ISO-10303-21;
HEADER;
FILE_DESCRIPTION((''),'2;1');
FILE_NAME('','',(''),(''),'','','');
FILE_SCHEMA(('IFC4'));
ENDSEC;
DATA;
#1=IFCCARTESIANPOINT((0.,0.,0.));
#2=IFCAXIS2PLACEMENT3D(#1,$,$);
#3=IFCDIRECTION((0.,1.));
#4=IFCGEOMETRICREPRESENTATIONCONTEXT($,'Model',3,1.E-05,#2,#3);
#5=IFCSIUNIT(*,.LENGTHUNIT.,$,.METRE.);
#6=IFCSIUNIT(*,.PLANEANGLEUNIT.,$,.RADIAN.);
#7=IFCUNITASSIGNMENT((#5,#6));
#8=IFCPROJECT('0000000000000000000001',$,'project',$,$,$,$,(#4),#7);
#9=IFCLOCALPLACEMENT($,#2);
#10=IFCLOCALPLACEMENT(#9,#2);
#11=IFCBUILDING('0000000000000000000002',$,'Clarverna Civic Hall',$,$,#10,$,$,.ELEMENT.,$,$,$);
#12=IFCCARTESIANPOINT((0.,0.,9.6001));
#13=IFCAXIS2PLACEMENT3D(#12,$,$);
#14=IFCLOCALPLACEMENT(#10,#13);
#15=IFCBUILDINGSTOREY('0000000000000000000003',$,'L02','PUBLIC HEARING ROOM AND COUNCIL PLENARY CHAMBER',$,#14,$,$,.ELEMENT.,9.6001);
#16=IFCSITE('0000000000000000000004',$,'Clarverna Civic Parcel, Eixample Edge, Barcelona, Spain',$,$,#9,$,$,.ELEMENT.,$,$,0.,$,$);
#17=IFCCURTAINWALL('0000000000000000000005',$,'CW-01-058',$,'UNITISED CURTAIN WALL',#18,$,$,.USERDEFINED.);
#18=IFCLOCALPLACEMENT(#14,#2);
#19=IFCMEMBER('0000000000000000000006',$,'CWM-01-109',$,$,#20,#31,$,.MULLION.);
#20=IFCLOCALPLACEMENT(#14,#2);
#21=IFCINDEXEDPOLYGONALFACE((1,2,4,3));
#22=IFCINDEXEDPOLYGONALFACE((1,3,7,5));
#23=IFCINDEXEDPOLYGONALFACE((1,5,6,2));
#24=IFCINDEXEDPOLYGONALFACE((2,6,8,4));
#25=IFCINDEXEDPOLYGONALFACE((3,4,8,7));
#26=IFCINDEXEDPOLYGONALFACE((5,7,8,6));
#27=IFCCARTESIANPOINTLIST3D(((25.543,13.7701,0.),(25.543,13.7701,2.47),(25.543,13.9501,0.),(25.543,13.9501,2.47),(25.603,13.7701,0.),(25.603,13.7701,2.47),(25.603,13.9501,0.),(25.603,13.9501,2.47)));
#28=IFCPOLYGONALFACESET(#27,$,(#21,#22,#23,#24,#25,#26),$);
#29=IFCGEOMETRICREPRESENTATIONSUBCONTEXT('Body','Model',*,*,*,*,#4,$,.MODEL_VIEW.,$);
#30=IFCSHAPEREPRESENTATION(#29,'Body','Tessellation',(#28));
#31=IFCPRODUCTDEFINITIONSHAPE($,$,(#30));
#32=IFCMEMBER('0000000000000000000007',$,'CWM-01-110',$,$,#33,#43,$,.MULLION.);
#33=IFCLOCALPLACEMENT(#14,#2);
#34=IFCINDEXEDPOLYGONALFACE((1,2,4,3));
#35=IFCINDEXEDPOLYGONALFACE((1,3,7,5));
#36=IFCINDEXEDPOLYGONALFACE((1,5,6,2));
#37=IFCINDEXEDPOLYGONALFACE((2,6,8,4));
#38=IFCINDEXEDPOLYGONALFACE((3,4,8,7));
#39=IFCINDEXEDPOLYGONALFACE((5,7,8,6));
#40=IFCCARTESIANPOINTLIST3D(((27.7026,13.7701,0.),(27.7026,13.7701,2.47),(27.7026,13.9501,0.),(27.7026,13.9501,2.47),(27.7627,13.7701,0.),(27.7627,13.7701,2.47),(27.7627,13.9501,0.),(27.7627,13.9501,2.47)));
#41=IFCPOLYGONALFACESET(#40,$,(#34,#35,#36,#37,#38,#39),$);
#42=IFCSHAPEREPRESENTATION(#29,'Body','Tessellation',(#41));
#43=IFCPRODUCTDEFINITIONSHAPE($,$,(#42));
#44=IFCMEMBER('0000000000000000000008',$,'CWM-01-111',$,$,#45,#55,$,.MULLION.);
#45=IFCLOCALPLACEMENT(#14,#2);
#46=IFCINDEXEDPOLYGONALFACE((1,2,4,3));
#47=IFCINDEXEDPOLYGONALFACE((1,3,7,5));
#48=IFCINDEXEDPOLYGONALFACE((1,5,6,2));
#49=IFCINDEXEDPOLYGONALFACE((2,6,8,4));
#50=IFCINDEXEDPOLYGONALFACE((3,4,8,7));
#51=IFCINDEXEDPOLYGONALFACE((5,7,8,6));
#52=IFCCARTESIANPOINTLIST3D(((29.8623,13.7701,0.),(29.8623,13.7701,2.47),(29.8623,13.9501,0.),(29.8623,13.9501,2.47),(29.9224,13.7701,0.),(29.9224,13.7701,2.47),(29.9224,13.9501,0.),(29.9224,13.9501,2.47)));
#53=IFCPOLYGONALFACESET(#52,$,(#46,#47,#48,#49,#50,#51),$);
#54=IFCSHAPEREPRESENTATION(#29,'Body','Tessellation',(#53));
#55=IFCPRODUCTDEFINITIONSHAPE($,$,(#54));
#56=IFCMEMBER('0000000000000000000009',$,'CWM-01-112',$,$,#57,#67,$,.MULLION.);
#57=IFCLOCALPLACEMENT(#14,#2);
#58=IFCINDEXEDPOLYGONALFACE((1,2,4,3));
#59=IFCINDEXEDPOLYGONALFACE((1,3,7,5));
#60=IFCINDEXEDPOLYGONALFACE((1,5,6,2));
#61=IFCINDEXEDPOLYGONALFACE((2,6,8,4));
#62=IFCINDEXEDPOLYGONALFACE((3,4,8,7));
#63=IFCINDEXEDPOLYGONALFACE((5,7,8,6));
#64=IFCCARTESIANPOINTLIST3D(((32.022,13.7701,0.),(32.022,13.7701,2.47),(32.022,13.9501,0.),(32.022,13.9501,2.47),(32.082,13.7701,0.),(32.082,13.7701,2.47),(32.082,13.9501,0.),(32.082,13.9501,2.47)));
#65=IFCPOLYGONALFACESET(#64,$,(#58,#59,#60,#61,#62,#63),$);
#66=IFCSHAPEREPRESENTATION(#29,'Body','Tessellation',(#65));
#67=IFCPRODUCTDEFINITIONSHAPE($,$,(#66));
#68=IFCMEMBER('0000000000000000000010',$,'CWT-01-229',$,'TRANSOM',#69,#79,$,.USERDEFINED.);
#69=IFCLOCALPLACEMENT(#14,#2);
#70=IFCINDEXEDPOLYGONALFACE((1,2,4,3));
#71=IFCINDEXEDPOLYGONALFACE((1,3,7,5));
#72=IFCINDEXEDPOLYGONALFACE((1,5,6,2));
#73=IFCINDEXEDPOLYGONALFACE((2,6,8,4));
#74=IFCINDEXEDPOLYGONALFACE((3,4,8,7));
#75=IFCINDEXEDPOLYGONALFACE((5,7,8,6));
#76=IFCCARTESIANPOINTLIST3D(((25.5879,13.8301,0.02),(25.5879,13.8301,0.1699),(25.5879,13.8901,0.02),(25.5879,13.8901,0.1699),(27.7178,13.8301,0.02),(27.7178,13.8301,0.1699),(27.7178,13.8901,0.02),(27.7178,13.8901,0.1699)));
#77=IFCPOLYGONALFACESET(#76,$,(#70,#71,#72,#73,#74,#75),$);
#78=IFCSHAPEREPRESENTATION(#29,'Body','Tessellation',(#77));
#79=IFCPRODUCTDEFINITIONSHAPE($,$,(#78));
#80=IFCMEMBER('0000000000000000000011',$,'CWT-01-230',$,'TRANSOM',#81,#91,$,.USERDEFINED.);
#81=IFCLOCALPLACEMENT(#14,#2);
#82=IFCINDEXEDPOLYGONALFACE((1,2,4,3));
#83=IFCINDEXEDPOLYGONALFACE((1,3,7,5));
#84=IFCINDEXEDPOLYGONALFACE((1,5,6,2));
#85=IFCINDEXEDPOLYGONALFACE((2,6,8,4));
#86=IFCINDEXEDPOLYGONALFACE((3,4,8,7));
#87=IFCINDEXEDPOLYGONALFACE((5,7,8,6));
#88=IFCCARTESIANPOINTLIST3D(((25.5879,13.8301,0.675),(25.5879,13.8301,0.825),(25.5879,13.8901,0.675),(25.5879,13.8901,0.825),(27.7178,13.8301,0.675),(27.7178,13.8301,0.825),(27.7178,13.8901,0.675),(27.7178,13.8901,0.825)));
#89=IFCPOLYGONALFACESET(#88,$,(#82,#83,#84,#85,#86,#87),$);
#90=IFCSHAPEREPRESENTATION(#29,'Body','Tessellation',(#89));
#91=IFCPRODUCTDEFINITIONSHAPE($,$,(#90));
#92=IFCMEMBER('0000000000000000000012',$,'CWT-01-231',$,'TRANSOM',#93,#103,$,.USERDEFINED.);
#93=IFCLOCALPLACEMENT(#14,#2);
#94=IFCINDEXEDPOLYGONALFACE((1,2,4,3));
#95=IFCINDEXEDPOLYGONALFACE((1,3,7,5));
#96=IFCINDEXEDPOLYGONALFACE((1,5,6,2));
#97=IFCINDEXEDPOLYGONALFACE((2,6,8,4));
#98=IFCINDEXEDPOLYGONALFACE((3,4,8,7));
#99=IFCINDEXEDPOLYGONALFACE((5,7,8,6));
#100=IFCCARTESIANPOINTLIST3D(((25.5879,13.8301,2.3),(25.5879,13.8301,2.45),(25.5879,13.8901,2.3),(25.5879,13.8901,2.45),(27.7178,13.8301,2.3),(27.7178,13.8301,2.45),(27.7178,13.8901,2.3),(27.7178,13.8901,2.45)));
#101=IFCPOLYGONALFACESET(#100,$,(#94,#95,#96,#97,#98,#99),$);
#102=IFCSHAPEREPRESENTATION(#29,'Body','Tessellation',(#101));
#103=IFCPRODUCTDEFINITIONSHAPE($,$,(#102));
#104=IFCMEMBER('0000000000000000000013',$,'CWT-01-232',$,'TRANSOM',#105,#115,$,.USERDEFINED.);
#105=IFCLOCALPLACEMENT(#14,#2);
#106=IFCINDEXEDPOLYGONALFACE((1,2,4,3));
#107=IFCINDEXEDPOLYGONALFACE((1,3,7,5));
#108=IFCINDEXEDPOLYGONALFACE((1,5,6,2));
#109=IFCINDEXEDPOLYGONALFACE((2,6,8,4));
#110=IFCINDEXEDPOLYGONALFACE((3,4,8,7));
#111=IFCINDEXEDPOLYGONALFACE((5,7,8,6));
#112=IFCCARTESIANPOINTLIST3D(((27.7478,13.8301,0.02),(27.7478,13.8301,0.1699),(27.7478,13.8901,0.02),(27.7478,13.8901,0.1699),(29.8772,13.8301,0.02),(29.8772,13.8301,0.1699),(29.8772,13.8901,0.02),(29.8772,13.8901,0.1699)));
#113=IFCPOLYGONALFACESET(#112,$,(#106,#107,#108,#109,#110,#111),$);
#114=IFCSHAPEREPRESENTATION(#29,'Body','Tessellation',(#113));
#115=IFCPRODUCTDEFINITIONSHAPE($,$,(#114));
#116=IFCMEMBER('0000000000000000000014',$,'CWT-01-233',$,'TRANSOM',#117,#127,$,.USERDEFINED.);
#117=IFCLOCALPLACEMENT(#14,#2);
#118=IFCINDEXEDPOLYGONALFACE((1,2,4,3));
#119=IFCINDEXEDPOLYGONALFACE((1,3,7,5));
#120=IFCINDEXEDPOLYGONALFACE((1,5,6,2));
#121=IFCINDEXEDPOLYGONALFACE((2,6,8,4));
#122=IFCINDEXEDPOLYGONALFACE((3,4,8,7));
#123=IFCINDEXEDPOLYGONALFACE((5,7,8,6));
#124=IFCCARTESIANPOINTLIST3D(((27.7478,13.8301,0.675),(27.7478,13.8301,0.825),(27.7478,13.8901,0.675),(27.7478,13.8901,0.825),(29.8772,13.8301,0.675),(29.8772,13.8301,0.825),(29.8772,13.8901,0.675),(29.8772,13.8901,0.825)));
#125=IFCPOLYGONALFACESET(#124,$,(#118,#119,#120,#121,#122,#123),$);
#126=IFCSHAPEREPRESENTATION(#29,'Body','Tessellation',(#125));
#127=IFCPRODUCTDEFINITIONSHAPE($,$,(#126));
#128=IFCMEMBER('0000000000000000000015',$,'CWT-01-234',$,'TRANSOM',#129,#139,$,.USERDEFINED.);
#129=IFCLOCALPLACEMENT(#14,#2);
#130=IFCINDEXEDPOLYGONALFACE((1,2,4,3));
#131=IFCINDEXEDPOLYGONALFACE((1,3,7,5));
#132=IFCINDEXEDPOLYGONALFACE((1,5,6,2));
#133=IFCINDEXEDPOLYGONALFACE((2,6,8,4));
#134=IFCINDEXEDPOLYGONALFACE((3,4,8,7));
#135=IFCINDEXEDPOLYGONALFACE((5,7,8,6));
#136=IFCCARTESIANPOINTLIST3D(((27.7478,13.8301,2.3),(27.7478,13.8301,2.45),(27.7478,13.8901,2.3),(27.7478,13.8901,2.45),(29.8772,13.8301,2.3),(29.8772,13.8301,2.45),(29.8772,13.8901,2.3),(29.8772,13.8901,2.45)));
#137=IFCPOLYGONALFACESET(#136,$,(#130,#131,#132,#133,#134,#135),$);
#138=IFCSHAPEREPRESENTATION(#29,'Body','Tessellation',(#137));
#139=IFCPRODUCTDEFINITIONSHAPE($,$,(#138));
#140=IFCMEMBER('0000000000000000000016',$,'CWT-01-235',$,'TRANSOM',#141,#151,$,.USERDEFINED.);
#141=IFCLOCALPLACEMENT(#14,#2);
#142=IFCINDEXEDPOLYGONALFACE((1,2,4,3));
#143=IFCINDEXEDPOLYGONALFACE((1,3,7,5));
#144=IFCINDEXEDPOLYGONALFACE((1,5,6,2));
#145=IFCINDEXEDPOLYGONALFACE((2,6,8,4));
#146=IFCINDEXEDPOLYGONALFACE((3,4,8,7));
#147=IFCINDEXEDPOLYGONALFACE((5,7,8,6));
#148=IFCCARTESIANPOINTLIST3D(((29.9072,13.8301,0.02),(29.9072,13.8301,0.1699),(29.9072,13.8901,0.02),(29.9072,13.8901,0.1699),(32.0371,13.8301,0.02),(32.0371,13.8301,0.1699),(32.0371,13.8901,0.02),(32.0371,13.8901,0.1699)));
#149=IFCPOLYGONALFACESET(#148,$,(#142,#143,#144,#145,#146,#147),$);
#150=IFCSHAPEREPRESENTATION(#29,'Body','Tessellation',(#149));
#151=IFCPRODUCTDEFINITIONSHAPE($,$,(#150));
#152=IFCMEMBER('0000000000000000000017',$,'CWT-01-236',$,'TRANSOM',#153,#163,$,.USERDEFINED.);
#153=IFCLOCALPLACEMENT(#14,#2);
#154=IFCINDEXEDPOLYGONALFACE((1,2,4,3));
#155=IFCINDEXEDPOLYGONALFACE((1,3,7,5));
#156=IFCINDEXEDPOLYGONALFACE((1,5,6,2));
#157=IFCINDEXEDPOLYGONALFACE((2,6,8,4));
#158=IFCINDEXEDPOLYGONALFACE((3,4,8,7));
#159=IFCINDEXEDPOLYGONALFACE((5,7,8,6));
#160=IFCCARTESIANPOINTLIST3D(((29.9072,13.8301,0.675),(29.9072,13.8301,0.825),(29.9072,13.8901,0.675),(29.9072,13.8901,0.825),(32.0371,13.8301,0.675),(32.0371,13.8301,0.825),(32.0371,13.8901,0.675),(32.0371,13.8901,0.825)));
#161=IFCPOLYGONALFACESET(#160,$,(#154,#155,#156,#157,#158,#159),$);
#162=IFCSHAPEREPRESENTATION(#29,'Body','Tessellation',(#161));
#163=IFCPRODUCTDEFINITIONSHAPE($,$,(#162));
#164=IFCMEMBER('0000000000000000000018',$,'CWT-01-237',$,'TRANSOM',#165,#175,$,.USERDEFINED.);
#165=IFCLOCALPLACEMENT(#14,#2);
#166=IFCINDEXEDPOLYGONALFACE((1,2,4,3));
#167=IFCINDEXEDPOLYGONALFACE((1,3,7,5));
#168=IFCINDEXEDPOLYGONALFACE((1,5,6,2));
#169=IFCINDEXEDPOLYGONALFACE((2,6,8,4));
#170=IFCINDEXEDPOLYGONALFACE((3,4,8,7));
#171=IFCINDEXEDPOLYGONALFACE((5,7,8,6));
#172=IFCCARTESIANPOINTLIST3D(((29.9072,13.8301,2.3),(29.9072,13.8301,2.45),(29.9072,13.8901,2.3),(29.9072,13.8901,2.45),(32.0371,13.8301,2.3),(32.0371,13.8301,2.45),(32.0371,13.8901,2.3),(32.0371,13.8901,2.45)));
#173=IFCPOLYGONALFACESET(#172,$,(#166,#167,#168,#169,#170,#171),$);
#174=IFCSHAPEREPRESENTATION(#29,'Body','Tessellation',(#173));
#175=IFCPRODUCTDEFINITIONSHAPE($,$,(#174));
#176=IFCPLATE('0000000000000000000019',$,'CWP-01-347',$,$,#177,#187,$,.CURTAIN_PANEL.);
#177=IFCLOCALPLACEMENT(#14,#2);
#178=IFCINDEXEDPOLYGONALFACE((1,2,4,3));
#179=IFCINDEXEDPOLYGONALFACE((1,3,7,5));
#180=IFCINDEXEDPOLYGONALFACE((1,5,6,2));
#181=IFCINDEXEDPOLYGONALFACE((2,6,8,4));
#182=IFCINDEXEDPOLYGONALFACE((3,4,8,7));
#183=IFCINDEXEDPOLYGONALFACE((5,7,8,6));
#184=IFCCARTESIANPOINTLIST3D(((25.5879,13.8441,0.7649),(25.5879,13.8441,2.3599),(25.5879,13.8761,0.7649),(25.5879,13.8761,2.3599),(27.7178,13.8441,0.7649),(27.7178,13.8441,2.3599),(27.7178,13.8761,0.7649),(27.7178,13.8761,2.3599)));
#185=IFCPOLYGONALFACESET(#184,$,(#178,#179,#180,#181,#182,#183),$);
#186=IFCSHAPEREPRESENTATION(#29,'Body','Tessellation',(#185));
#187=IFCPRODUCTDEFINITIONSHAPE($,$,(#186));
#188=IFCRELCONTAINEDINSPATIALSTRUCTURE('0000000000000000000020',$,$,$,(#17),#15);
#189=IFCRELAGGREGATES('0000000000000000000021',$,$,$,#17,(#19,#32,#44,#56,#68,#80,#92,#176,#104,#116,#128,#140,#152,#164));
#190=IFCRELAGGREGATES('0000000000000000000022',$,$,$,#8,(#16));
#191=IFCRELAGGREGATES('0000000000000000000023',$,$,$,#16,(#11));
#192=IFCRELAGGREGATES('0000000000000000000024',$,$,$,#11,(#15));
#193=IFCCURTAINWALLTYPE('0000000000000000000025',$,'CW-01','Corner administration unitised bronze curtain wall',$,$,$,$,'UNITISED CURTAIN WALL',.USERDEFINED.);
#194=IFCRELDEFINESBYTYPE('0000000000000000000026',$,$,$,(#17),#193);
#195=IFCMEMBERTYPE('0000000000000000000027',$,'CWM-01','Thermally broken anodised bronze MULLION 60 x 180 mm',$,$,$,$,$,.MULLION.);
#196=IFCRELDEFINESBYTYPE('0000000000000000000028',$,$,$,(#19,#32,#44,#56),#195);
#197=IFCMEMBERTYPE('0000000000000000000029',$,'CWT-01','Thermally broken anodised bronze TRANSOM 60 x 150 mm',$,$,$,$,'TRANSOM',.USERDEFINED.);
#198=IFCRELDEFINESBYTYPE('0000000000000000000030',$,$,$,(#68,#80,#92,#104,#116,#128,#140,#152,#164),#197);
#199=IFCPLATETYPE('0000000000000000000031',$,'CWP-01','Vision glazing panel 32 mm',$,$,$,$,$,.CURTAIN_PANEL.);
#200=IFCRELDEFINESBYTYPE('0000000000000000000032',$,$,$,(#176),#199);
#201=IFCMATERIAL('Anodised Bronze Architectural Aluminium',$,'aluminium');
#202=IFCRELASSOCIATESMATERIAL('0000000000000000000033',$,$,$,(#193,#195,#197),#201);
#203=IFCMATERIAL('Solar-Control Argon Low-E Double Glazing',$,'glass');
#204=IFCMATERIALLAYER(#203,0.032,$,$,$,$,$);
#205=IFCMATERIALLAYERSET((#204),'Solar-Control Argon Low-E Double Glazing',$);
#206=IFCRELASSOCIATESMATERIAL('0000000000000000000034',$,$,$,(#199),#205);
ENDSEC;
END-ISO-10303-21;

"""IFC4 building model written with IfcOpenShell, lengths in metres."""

from ifc_helpers import new_model, si_unit, direction, frame, frame_2d, origin, origin_2d, place, context, subcontext, project, spatial, rectangle, extrude, material, layer, layer_set, material_profile, profile_set, type_object, element, aggregate, save


model = new_model("IFC4")

# Units and contexts
model_context = context("Model", 3, precision=1e-05, world=origin(), true_north=direction((0.0, 1.0)))
body_context = subcontext(model_context, "Body", "Model", "MODEL_VIEW")
ifc_project = project(units=[si_unit("LENGTHUNIT", "METRE"), si_unit("PLANEANGLEUNIT", "RADIAN")], contexts=[model_context])

# Site, building, storey
site_placement = place(None, origin())
site = spatial("IfcSite", under=ifc_project, at=site_placement, Name="Clarverna Civic Parcel, Eixample Edge, Barcelona, Spain", CompositionType="ELEMENT", RefElevation=0.0)
building_placement = place(site_placement, origin())
building = spatial("IfcBuilding", under=site, at=building_placement, Name="Clarverna Civic Hall", CompositionType="ELEMENT")
storey_placement = place(building_placement, frame((0.0, 0.0, 9.6001)))
storey = spatial("IfcBuildingStorey", under=building, at=storey_placement, Name="L02", Description="PUBLIC HEARING ROOM AND COUNCIL PLENARY CHAMBER", CompositionType="ELEMENT", Elevation=9.6001)

# Curtain wall, members, plate
ifc_material_1 = material(Name="Anodised Bronze Architectural Aluminium", Category="aluminium")
curtain_wall_type = type_object("IfcCurtainWallType", Name="CW-01", Description="Corner administration unitised bronze curtain wall", ElementType="UNITISED CURTAIN WALL", PredefinedType="USERDEFINED", material=ifc_material_1)
curtain_wall_placement = place(storey_placement, origin())
curtain_wall = element("IfcCurtainWall", 1, at=curtain_wall_placement, inside=storey, type_object=curtain_wall_type, Name="CW-01-058", ObjectType="UNITISED CURTAIN WALL", PredefinedType="USERDEFINED")
ifc_material_profile_1 = material_profile(ifc_material_1, rectangle(XDim=0.0601, YDim=0.1799, at=origin_2d()), Name="BRONZE 60x180")
ifc_profile_set_1 = profile_set([ifc_material_profile_1], Name="Anodised Bronze Architectural Aluminium")
member_type_1 = type_object("IfcMemberType", Name="CWM-01", Description="Thermally broken anodised bronze MULLION 60 x 180 mm", PredefinedType="MULLION", material=ifc_profile_set_1)
member_1_placement = place(storey_placement, frame((25.573, 13.8601, 0.0), z_axis=(0.0, 0.0, 1.0), x_axis=(1.0, 0.0, 0.0)))
member_1 = element("IfcMember", 2, at=member_1_placement, type_object=member_type_1, Name="CWM-01-109", PredefinedType="MULLION", context=body_context, shape_type="SweptSolid", body=[
    extrude(rectangle(XDim=0.0601, YDim=0.1799, at=origin_2d()), origin(), (0.0, 0.0, 1.0), 2.47),
])
member_2_placement = place(storey_placement, frame((27.7327, 13.8601, 0.0), z_axis=(0.0, 0.0, 1.0), x_axis=(1.0, 0.0, 0.0)))
member_2 = element("IfcMember", 3, at=member_2_placement, type_object=member_type_1, Name="CWM-01-110", PredefinedType="MULLION", context=body_context, shape_type="SweptSolid", body=[
    extrude(rectangle(XDim=0.0601, YDim=0.1799, at=origin_2d()), origin(), (0.0, 0.0, 1.0), 2.47),
])
member_3_placement = place(storey_placement, frame((29.8923, 13.8601, 0.0), z_axis=(0.0, 0.0, 1.0), x_axis=(1.0, 0.0, 0.0)))
member_3 = element("IfcMember", 4, at=member_3_placement, type_object=member_type_1, Name="CWM-01-111", PredefinedType="MULLION", context=body_context, shape_type="SweptSolid", body=[
    extrude(rectangle(XDim=0.0601, YDim=0.1799, at=origin_2d()), origin(), (0.0, 0.0, 1.0), 2.47),
])
member_4_placement = place(storey_placement, frame((32.052, 13.8601, 0.0), z_axis=(0.0, 0.0, 1.0), x_axis=(1.0, 0.0, 0.0)))
member_4 = element("IfcMember", 5, at=member_4_placement, type_object=member_type_1, Name="CWM-01-112", PredefinedType="MULLION", context=body_context, shape_type="SweptSolid", body=[
    extrude(rectangle(XDim=0.0601, YDim=0.1799, at=origin_2d()), origin(), (0.0, 0.0, 1.0), 2.47),
])
ifc_material_profile_2 = material_profile(ifc_material_1, rectangle(XDim=0.0601, YDim=0.1499, at=origin_2d()), Name="BRONZE 60x150")
ifc_profile_set_2 = profile_set([ifc_material_profile_2], Name="Anodised Bronze Architectural Aluminium")
member_type_2 = type_object("IfcMemberType", Name="CWT-01", Description="Thermally broken anodised bronze TRANSOM 60 x 150 mm", ElementType="TRANSOM", PredefinedType="USERDEFINED", material=ifc_profile_set_2)
member_5_placement = place(storey_placement, frame((25.5879, 13.8601, 0.095), z_axis=(1.0, 0.0, 0.0), x_axis=(0.0, 1.0, 0.0)))
member_5 = element("IfcMember", 6, at=member_5_placement, type_object=member_type_2, Name="CWT-01-229", ObjectType="TRANSOM", PredefinedType="USERDEFINED", context=body_context, shape_type="SweptSolid", body=[
    extrude(rectangle(XDim=0.0601, YDim=0.1499, at=origin_2d()), origin(), (0.0, 0.0, 1.0), 2.1299),
])
member_6_placement = place(storey_placement, frame((25.5879, 13.8601, 0.75), z_axis=(1.0, 0.0, 0.0), x_axis=(0.0, 1.0, 0.0)))
member_6 = element("IfcMember", 7, at=member_6_placement, type_object=member_type_2, Name="CWT-01-230", ObjectType="TRANSOM", PredefinedType="USERDEFINED", context=body_context, shape_type="SweptSolid", body=[
    extrude(rectangle(XDim=0.0601, YDim=0.1499, at=origin_2d()), origin(), (0.0, 0.0, 1.0), 2.1299),
])
member_7_placement = place(storey_placement, frame((25.5879, 13.8601, 2.375), z_axis=(1.0, 0.0, 0.0), x_axis=(0.0, 1.0, 0.0)))
member_7 = element("IfcMember", 8, at=member_7_placement, type_object=member_type_2, Name="CWT-01-231", ObjectType="TRANSOM", PredefinedType="USERDEFINED", context=body_context, shape_type="SweptSolid", body=[
    extrude(rectangle(XDim=0.0601, YDim=0.1499, at=origin_2d()), origin(), (0.0, 0.0, 1.0), 2.1299),
])
member_8_placement = place(storey_placement, frame((27.7478, 13.8601, 0.095), z_axis=(1.0, 0.0, 0.0), x_axis=(0.0, 1.0, 0.0)))
member_8 = element("IfcMember", 9, at=member_8_placement, type_object=member_type_2, Name="CWT-01-232", ObjectType="TRANSOM", PredefinedType="USERDEFINED", context=body_context, shape_type="SweptSolid", body=[
    extrude(rectangle(XDim=0.0601, YDim=0.1499, at=origin_2d()), origin(), (0.0, 0.0, 1.0), 2.1294),
])
member_9_placement = place(storey_placement, frame((27.7478, 13.8601, 0.75), z_axis=(1.0, 0.0, 0.0), x_axis=(0.0, 1.0, 0.0)))
member_9 = element("IfcMember", 10, at=member_9_placement, type_object=member_type_2, Name="CWT-01-233", ObjectType="TRANSOM", PredefinedType="USERDEFINED", context=body_context, shape_type="SweptSolid", body=[
    extrude(rectangle(XDim=0.0601, YDim=0.1499, at=origin_2d()), origin(), (0.0, 0.0, 1.0), 2.1294),
])
member_10_placement = place(storey_placement, frame((27.7478, 13.8601, 2.375), z_axis=(1.0, 0.0, 0.0), x_axis=(0.0, 1.0, 0.0)))
member_10 = element("IfcMember", 11, at=member_10_placement, type_object=member_type_2, Name="CWT-01-234", ObjectType="TRANSOM", PredefinedType="USERDEFINED", context=body_context, shape_type="SweptSolid", body=[
    extrude(rectangle(XDim=0.0601, YDim=0.1499, at=origin_2d()), origin(), (0.0, 0.0, 1.0), 2.1294),
])
member_11_placement = place(storey_placement, frame((29.9072, 13.8601, 0.095), z_axis=(1.0, 0.0, 0.0), x_axis=(0.0, 1.0, 0.0)))
member_11 = element("IfcMember", 12, at=member_11_placement, type_object=member_type_2, Name="CWT-01-235", ObjectType="TRANSOM", PredefinedType="USERDEFINED", context=body_context, shape_type="SweptSolid", body=[
    extrude(rectangle(XDim=0.0601, YDim=0.1499, at=origin_2d()), origin(), (0.0, 0.0, 1.0), 2.1299),
])
member_12_placement = place(storey_placement, frame((29.9072, 13.8601, 0.75), z_axis=(1.0, 0.0, 0.0), x_axis=(0.0, 1.0, 0.0)))
member_12 = element("IfcMember", 13, at=member_12_placement, type_object=member_type_2, Name="CWT-01-236", ObjectType="TRANSOM", PredefinedType="USERDEFINED", context=body_context, shape_type="SweptSolid", body=[
    extrude(rectangle(XDim=0.0601, YDim=0.1499, at=origin_2d()), origin(), (0.0, 0.0, 1.0), 2.1299),
])
member_13_placement = place(storey_placement, frame((29.9072, 13.8601, 2.375), z_axis=(1.0, 0.0, 0.0), x_axis=(0.0, 1.0, 0.0)))
member_13 = element("IfcMember", 14, at=member_13_placement, type_object=member_type_2, Name="CWT-01-237", ObjectType="TRANSOM", PredefinedType="USERDEFINED", context=body_context, shape_type="SweptSolid", body=[
    extrude(rectangle(XDim=0.0601, YDim=0.1499, at=origin_2d()), origin(), (0.0, 0.0, 1.0), 2.1299),
])
ifc_material_2 = material(Name="Solar-Control Argon Low-E Double Glazing", Category="glass")
ifc_layer_1 = layer(ifc_material_2, 0.032)
ifc_layer_set_1 = layer_set([ifc_layer_1], Name="Solar-Control Argon Low-E Double Glazing")
plate_type_1 = type_object("IfcPlateType", Name="CWP-01", Description="Vision glazing panel 32 mm", PredefinedType="CURTAIN_PANEL", material=ifc_layer_set_1)
plate_1_placement = place(storey_placement, frame((25.5879, 13.8601, 0.7649), z_axis=(0.0, 0.0, 1.0), x_axis=(1.0, 0.0, 0.0)))
plate_1 = element("IfcPlate", 15, at=plate_1_placement, type_object=plate_type_1, Name="CWP-01-347", PredefinedType="CURTAIN_PANEL", context=body_context, shape_type="SweptSolid", body=[
    extrude(rectangle(XDim=2.1299, YDim=0.032, at=frame_2d((1.0649, 0.0))), origin(), (0.0, 0.0, 1.0), 1.595),
])
aggregate(curtain_wall, [member_1, member_2, member_3, member_4, member_5, member_6, member_7, plate_1, member_8, member_9, member_10, member_11, member_12, member_13])

save(model, "model.ifc")
